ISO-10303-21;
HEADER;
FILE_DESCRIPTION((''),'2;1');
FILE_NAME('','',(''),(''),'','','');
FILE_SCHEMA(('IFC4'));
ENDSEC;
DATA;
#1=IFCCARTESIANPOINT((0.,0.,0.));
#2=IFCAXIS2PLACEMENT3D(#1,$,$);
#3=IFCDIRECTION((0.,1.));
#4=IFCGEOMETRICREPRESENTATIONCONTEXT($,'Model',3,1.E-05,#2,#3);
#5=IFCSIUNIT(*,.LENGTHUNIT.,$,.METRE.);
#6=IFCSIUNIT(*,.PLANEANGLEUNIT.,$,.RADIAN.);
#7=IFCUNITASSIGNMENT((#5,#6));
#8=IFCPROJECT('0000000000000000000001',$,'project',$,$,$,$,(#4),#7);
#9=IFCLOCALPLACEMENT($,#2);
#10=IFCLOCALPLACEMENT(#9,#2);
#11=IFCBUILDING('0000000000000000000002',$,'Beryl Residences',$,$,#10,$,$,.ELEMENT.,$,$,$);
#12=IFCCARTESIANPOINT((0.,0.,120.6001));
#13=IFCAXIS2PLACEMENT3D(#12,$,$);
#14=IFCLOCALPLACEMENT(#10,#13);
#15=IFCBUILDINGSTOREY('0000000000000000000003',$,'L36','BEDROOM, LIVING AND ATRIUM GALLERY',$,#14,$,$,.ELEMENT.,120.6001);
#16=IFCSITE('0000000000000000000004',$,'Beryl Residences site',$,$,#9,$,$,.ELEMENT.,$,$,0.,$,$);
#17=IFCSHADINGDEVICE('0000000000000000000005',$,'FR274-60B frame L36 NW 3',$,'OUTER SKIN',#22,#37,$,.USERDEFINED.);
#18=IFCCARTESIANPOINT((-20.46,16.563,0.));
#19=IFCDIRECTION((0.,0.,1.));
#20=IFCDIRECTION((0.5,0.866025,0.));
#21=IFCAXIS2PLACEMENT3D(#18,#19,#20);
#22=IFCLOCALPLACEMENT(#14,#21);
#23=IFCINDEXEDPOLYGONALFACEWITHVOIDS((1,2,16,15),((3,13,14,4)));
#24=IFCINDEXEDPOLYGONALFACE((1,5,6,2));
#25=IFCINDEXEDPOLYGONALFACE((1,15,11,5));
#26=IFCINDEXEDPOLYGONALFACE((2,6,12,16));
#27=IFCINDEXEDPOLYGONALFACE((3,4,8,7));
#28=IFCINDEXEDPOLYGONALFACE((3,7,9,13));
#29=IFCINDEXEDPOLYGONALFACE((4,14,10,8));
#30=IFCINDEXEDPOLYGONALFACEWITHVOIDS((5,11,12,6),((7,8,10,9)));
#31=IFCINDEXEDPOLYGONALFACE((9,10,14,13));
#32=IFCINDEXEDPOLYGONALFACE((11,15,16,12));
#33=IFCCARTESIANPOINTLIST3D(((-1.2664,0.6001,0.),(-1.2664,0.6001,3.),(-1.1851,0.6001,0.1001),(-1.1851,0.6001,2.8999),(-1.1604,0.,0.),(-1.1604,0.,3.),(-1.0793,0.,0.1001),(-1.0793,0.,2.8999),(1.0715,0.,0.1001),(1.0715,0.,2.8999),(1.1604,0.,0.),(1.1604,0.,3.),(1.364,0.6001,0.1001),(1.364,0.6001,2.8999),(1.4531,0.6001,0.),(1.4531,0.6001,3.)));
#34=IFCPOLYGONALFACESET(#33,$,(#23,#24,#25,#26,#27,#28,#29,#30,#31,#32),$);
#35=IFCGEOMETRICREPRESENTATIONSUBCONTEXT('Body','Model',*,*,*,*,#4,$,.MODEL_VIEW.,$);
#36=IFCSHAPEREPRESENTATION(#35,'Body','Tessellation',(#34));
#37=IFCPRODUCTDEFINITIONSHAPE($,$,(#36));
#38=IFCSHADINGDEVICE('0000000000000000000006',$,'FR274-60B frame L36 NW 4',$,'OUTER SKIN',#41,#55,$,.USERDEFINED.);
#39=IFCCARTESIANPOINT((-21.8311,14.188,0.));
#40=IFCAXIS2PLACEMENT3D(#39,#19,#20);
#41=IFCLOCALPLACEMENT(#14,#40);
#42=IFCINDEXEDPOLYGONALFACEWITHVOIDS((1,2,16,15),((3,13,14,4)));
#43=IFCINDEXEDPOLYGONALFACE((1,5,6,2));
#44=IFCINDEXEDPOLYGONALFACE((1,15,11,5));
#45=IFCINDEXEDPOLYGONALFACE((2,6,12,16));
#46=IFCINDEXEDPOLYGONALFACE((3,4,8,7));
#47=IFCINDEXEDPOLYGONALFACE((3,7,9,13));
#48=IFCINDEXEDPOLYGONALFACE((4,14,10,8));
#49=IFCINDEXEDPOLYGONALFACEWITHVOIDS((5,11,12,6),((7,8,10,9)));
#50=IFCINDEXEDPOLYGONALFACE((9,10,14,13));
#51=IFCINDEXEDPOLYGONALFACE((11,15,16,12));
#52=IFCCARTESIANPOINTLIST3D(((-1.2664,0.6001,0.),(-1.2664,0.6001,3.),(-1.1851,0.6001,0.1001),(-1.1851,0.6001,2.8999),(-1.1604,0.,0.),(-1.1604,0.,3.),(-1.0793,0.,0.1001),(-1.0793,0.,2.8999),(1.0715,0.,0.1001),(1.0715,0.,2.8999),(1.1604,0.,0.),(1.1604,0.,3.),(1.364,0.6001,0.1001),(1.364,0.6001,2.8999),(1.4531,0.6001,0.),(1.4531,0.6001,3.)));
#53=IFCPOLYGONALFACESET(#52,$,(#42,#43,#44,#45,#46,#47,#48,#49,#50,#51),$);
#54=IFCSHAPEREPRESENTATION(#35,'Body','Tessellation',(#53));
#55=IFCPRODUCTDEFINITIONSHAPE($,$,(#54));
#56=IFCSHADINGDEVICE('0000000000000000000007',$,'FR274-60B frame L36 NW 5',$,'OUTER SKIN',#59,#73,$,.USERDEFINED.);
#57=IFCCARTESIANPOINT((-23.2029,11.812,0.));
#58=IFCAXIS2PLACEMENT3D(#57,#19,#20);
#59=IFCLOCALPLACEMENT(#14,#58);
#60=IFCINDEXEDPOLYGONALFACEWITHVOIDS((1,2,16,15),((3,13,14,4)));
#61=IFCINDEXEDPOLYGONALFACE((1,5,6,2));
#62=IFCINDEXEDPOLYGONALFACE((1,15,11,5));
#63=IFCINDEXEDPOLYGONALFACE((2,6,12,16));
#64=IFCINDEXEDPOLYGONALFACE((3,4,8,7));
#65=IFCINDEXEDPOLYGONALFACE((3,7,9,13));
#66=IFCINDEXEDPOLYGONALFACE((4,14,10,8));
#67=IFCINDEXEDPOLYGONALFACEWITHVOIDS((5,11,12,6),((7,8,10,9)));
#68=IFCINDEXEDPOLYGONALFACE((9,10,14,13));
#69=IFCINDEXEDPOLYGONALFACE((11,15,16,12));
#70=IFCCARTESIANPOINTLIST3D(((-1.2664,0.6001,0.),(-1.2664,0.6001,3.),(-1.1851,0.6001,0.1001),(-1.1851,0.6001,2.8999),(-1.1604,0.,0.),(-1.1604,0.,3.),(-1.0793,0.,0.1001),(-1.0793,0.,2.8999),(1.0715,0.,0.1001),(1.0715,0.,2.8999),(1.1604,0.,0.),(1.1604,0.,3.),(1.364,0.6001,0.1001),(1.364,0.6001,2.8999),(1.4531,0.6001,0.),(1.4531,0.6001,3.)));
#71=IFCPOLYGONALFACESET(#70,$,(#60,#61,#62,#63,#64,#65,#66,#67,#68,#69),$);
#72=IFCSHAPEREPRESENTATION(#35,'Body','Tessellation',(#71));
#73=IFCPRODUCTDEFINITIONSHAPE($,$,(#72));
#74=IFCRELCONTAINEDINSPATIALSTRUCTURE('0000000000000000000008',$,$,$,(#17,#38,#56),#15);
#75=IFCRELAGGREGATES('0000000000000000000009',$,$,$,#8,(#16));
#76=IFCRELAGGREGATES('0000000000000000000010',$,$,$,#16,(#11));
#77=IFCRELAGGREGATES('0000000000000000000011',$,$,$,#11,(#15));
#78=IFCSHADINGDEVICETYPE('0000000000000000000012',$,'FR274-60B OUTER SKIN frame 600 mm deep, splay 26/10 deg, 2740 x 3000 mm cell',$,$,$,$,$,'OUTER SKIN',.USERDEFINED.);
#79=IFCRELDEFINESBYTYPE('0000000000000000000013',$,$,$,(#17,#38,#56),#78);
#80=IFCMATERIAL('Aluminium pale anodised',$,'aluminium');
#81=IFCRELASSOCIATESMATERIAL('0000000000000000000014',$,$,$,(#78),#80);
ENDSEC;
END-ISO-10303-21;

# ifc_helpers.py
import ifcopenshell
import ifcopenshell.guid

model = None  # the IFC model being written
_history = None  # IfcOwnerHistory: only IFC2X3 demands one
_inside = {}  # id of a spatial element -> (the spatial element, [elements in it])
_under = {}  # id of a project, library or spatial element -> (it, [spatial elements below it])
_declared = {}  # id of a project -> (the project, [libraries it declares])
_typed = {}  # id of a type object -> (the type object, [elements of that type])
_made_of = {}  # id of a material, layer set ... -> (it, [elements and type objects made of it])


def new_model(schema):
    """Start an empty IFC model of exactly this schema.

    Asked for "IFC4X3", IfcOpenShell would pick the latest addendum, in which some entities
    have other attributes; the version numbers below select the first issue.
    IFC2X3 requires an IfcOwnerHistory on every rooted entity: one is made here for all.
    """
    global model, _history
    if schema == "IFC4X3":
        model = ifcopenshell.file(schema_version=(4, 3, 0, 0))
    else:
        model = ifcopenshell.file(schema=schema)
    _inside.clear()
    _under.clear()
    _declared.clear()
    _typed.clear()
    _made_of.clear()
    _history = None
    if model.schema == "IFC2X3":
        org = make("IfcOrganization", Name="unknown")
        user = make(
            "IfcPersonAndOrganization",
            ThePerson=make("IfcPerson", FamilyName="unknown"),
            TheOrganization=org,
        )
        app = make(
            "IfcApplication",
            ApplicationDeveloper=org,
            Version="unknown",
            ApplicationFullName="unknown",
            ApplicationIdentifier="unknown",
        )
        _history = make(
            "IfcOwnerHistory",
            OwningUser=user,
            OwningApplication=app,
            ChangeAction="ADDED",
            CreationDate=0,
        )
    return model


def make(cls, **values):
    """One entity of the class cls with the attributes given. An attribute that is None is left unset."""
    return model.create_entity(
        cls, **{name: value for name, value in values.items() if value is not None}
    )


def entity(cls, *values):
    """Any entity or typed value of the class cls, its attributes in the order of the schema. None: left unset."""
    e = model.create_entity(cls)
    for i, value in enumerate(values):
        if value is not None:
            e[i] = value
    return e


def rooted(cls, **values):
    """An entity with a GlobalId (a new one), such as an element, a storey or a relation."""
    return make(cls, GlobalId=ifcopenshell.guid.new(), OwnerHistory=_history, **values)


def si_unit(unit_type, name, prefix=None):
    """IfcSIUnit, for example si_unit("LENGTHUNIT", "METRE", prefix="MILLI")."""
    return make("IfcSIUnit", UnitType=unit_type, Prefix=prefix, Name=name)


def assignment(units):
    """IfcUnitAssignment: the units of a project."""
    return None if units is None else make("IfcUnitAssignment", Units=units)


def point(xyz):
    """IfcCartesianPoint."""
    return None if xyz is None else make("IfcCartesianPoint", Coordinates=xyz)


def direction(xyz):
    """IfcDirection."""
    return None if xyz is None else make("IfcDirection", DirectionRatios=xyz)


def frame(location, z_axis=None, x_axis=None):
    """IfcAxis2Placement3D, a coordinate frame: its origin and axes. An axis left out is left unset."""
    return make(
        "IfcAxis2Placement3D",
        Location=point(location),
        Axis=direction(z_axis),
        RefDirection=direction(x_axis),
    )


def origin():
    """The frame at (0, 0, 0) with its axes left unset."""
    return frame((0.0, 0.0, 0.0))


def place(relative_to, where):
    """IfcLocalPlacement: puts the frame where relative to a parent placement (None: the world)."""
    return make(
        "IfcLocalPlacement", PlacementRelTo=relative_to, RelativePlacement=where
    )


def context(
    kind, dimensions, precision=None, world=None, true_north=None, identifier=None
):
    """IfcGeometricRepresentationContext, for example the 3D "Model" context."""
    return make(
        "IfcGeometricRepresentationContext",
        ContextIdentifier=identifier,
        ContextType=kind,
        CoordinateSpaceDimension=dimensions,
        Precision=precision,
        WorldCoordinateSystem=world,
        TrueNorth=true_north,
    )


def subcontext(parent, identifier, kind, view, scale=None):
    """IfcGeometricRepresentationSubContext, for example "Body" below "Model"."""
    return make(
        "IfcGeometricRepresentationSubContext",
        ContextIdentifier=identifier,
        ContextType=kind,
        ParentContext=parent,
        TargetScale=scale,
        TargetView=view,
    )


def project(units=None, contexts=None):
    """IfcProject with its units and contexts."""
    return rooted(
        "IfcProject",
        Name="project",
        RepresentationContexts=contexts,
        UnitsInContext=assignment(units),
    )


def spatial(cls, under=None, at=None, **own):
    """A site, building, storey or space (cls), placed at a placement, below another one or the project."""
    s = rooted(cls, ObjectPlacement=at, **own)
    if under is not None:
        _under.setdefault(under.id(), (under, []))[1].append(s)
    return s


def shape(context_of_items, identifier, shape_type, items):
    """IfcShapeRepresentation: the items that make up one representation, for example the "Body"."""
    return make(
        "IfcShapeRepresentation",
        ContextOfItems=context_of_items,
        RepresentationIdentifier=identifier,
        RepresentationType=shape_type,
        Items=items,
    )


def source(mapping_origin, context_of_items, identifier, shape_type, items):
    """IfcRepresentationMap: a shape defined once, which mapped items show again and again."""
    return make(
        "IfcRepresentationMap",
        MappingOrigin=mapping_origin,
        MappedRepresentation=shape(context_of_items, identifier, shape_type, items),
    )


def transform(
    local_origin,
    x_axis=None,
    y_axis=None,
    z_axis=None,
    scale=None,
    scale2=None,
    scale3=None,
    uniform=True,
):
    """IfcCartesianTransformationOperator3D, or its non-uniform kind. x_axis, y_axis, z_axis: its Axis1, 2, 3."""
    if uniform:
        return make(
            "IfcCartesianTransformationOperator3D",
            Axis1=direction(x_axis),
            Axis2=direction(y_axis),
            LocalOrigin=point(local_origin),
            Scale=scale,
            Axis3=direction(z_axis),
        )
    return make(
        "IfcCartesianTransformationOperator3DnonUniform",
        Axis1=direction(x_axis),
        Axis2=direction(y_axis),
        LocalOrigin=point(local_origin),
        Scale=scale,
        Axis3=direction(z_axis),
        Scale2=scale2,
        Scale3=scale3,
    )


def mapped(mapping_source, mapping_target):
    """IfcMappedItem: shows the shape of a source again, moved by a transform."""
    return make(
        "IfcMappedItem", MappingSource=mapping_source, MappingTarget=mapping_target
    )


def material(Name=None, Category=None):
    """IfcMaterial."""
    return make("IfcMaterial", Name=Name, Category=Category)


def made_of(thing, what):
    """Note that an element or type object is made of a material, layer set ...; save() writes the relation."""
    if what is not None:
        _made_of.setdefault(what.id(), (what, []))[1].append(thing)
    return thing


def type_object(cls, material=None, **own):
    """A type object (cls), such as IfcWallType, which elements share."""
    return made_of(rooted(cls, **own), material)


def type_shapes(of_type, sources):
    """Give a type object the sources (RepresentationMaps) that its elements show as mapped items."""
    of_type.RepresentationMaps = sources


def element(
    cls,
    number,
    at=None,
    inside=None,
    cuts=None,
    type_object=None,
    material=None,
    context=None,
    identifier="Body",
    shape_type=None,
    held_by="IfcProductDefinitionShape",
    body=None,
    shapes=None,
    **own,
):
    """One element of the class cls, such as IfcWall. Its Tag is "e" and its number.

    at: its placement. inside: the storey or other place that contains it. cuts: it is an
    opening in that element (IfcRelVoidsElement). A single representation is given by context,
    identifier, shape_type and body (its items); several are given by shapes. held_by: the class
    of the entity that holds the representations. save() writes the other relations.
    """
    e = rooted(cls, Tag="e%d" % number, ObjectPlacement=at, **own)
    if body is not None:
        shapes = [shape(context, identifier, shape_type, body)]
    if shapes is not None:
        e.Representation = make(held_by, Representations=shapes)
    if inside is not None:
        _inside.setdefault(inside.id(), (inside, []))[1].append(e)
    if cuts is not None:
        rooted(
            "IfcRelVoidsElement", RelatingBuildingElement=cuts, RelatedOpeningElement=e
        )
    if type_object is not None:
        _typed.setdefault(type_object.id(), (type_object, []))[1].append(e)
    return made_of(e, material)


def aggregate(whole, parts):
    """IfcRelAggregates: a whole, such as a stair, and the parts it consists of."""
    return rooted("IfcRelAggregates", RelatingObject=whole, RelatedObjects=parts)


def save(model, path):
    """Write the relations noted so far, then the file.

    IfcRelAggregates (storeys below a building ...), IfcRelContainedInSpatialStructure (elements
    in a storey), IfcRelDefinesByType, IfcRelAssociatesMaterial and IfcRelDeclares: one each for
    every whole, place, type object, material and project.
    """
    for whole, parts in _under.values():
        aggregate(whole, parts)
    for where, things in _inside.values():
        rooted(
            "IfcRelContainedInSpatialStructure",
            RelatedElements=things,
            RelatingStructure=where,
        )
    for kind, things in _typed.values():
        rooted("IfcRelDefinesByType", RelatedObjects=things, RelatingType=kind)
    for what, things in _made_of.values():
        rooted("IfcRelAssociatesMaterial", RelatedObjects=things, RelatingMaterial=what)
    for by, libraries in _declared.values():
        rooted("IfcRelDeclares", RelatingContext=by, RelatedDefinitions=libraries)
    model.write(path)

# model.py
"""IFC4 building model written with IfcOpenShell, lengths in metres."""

from ifc_helpers import new_model, entity, si_unit, direction, frame, origin, place, context, subcontext, project, spatial, source, transform, mapped, material, type_object, type_shapes, element, save


model = new_model("IFC4")

# Units and contexts
model_context = context("Model", 3, precision=1e-05, world=origin(), true_north=direction((0.0, 1.0)))
body_context = subcontext(model_context, "Body", "Model", "MODEL_VIEW")
ifc_project = project(units=[si_unit("LENGTHUNIT", "METRE"), si_unit("PLANEANGLEUNIT", "RADIAN")], contexts=[model_context])

# Site, building, storey
site_placement = place(None, origin())
site = spatial("IfcSite", under=ifc_project, at=site_placement, Name="Beryl Residences site", CompositionType="ELEMENT", RefElevation=0.0)
building_placement = place(site_placement, origin())
building = spatial("IfcBuilding", under=site, at=building_placement, Name="Beryl Residences", CompositionType="ELEMENT")
storey_placement = place(building_placement, frame((0.0, 0.0, 120.6001)))
storey = spatial("IfcBuildingStorey", under=building, at=storey_placement, Name="L36", Description="BEDROOM, LIVING AND ATRIUM GALLERY", CompositionType="ELEMENT", Elevation=120.6001)

# Shading devices
ifc_material_1 = material(Name="Aluminium pale anodised", Category="aluminium")
shading_device_type = type_object("IfcShadingDeviceType", Name="FR274-60B OUTER SKIN frame 600 mm deep, splay 26/10 deg, 2740 x 3000 mm cell", ElementType="OUTER SKIN", PredefinedType="USERDEFINED", material=ifc_material_1)
cartesian_point_1 = entity("IfcCartesianPoint", [-1.1604, 0.0])
cartesian_point_2 = entity("IfcCartesianPoint", [-1.0715, 0.1001])
cartesian_point_3 = entity("IfcCartesianPoint", [-1.4531, 0.0])
cartesian_point_4 = entity("IfcCartesianPoint", [-1.364, 0.1001])
shared_shape_1 = source(origin(), body_context, "Body", "SweptSolid", [
    entity("IfcExtrudedAreaSolidTapered", entity("IfcArbitraryProfileDefWithVoids", "AREA", None, entity("IfcPolyline", [cartesian_point_1, entity("IfcCartesianPoint", [1.1604, 0.0]), entity("IfcCartesianPoint", [1.1604, 3.0]), entity("IfcCartesianPoint", [-1.1604, 3.0]), cartesian_point_1]), [entity("IfcPolyline", [cartesian_point_2, entity("IfcCartesianPoint", [1.0793, 0.1001]), entity("IfcCartesianPoint", [1.0793, 2.8999]), entity("IfcCartesianPoint", [-1.0715, 2.8999]), cartesian_point_2])]), entity("IfcAxis2Placement3D", entity("IfcCartesianPoint", [0.0, 0.0, 0.0]), entity("IfcDirection", [0.0, 1.0, 0.0]), entity("IfcDirection", [-1.0, 0.0, 0.0])), entity("IfcDirection", [0.0, 0.0, 1.0]), 0.6001, entity("IfcArbitraryProfileDefWithVoids", "AREA", None, entity("IfcPolyline", [cartesian_point_3, entity("IfcCartesianPoint", [1.2664, 0.0]), entity("IfcCartesianPoint", [1.2664, 3.0]), entity("IfcCartesianPoint", [-1.4531, 3.0]), cartesian_point_3]), [entity("IfcPolyline", [cartesian_point_4, entity("IfcCartesianPoint", [1.1851, 0.1001]), entity("IfcCartesianPoint", [1.1851, 2.8999]), entity("IfcCartesianPoint", [-1.364, 2.8999]), cartesian_point_4])])),
])
type_shapes(shading_device_type, [shared_shape_1])
for number, where, z_axis, x_axis, name in (
    (1, (-20.46, 16.563, 0.0), (0.0, 0.0, 1.0), (0.5, 0.866025, 0.0), "FR274-60B frame L36 NW 3"),
    (2, (-21.8311, 14.188, 0.0), (0.0, 0.0, 1.0), (0.5, 0.866025, 0.0), "FR274-60B frame L36 NW 4"),
    (3, (-23.2029, 11.812, 0.0), (0.0, 0.0, 1.0), (0.5, 0.866025, 0.0), "FR274-60B frame L36 NW 5"),
):
    element("IfcShadingDevice", number, at=place(storey_placement, frame(where, z_axis=z_axis, x_axis=x_axis)), inside=storey, type_object=shading_device_type, Name=name, ObjectType="OUTER SKIN", PredefinedType="USERDEFINED", context=body_context, shape_type="MappedRepresentation", body=[
        mapped(shared_shape_1, transform((0.0, 0.0, 0.0))),
    ])

save(model, "model.ifc")
